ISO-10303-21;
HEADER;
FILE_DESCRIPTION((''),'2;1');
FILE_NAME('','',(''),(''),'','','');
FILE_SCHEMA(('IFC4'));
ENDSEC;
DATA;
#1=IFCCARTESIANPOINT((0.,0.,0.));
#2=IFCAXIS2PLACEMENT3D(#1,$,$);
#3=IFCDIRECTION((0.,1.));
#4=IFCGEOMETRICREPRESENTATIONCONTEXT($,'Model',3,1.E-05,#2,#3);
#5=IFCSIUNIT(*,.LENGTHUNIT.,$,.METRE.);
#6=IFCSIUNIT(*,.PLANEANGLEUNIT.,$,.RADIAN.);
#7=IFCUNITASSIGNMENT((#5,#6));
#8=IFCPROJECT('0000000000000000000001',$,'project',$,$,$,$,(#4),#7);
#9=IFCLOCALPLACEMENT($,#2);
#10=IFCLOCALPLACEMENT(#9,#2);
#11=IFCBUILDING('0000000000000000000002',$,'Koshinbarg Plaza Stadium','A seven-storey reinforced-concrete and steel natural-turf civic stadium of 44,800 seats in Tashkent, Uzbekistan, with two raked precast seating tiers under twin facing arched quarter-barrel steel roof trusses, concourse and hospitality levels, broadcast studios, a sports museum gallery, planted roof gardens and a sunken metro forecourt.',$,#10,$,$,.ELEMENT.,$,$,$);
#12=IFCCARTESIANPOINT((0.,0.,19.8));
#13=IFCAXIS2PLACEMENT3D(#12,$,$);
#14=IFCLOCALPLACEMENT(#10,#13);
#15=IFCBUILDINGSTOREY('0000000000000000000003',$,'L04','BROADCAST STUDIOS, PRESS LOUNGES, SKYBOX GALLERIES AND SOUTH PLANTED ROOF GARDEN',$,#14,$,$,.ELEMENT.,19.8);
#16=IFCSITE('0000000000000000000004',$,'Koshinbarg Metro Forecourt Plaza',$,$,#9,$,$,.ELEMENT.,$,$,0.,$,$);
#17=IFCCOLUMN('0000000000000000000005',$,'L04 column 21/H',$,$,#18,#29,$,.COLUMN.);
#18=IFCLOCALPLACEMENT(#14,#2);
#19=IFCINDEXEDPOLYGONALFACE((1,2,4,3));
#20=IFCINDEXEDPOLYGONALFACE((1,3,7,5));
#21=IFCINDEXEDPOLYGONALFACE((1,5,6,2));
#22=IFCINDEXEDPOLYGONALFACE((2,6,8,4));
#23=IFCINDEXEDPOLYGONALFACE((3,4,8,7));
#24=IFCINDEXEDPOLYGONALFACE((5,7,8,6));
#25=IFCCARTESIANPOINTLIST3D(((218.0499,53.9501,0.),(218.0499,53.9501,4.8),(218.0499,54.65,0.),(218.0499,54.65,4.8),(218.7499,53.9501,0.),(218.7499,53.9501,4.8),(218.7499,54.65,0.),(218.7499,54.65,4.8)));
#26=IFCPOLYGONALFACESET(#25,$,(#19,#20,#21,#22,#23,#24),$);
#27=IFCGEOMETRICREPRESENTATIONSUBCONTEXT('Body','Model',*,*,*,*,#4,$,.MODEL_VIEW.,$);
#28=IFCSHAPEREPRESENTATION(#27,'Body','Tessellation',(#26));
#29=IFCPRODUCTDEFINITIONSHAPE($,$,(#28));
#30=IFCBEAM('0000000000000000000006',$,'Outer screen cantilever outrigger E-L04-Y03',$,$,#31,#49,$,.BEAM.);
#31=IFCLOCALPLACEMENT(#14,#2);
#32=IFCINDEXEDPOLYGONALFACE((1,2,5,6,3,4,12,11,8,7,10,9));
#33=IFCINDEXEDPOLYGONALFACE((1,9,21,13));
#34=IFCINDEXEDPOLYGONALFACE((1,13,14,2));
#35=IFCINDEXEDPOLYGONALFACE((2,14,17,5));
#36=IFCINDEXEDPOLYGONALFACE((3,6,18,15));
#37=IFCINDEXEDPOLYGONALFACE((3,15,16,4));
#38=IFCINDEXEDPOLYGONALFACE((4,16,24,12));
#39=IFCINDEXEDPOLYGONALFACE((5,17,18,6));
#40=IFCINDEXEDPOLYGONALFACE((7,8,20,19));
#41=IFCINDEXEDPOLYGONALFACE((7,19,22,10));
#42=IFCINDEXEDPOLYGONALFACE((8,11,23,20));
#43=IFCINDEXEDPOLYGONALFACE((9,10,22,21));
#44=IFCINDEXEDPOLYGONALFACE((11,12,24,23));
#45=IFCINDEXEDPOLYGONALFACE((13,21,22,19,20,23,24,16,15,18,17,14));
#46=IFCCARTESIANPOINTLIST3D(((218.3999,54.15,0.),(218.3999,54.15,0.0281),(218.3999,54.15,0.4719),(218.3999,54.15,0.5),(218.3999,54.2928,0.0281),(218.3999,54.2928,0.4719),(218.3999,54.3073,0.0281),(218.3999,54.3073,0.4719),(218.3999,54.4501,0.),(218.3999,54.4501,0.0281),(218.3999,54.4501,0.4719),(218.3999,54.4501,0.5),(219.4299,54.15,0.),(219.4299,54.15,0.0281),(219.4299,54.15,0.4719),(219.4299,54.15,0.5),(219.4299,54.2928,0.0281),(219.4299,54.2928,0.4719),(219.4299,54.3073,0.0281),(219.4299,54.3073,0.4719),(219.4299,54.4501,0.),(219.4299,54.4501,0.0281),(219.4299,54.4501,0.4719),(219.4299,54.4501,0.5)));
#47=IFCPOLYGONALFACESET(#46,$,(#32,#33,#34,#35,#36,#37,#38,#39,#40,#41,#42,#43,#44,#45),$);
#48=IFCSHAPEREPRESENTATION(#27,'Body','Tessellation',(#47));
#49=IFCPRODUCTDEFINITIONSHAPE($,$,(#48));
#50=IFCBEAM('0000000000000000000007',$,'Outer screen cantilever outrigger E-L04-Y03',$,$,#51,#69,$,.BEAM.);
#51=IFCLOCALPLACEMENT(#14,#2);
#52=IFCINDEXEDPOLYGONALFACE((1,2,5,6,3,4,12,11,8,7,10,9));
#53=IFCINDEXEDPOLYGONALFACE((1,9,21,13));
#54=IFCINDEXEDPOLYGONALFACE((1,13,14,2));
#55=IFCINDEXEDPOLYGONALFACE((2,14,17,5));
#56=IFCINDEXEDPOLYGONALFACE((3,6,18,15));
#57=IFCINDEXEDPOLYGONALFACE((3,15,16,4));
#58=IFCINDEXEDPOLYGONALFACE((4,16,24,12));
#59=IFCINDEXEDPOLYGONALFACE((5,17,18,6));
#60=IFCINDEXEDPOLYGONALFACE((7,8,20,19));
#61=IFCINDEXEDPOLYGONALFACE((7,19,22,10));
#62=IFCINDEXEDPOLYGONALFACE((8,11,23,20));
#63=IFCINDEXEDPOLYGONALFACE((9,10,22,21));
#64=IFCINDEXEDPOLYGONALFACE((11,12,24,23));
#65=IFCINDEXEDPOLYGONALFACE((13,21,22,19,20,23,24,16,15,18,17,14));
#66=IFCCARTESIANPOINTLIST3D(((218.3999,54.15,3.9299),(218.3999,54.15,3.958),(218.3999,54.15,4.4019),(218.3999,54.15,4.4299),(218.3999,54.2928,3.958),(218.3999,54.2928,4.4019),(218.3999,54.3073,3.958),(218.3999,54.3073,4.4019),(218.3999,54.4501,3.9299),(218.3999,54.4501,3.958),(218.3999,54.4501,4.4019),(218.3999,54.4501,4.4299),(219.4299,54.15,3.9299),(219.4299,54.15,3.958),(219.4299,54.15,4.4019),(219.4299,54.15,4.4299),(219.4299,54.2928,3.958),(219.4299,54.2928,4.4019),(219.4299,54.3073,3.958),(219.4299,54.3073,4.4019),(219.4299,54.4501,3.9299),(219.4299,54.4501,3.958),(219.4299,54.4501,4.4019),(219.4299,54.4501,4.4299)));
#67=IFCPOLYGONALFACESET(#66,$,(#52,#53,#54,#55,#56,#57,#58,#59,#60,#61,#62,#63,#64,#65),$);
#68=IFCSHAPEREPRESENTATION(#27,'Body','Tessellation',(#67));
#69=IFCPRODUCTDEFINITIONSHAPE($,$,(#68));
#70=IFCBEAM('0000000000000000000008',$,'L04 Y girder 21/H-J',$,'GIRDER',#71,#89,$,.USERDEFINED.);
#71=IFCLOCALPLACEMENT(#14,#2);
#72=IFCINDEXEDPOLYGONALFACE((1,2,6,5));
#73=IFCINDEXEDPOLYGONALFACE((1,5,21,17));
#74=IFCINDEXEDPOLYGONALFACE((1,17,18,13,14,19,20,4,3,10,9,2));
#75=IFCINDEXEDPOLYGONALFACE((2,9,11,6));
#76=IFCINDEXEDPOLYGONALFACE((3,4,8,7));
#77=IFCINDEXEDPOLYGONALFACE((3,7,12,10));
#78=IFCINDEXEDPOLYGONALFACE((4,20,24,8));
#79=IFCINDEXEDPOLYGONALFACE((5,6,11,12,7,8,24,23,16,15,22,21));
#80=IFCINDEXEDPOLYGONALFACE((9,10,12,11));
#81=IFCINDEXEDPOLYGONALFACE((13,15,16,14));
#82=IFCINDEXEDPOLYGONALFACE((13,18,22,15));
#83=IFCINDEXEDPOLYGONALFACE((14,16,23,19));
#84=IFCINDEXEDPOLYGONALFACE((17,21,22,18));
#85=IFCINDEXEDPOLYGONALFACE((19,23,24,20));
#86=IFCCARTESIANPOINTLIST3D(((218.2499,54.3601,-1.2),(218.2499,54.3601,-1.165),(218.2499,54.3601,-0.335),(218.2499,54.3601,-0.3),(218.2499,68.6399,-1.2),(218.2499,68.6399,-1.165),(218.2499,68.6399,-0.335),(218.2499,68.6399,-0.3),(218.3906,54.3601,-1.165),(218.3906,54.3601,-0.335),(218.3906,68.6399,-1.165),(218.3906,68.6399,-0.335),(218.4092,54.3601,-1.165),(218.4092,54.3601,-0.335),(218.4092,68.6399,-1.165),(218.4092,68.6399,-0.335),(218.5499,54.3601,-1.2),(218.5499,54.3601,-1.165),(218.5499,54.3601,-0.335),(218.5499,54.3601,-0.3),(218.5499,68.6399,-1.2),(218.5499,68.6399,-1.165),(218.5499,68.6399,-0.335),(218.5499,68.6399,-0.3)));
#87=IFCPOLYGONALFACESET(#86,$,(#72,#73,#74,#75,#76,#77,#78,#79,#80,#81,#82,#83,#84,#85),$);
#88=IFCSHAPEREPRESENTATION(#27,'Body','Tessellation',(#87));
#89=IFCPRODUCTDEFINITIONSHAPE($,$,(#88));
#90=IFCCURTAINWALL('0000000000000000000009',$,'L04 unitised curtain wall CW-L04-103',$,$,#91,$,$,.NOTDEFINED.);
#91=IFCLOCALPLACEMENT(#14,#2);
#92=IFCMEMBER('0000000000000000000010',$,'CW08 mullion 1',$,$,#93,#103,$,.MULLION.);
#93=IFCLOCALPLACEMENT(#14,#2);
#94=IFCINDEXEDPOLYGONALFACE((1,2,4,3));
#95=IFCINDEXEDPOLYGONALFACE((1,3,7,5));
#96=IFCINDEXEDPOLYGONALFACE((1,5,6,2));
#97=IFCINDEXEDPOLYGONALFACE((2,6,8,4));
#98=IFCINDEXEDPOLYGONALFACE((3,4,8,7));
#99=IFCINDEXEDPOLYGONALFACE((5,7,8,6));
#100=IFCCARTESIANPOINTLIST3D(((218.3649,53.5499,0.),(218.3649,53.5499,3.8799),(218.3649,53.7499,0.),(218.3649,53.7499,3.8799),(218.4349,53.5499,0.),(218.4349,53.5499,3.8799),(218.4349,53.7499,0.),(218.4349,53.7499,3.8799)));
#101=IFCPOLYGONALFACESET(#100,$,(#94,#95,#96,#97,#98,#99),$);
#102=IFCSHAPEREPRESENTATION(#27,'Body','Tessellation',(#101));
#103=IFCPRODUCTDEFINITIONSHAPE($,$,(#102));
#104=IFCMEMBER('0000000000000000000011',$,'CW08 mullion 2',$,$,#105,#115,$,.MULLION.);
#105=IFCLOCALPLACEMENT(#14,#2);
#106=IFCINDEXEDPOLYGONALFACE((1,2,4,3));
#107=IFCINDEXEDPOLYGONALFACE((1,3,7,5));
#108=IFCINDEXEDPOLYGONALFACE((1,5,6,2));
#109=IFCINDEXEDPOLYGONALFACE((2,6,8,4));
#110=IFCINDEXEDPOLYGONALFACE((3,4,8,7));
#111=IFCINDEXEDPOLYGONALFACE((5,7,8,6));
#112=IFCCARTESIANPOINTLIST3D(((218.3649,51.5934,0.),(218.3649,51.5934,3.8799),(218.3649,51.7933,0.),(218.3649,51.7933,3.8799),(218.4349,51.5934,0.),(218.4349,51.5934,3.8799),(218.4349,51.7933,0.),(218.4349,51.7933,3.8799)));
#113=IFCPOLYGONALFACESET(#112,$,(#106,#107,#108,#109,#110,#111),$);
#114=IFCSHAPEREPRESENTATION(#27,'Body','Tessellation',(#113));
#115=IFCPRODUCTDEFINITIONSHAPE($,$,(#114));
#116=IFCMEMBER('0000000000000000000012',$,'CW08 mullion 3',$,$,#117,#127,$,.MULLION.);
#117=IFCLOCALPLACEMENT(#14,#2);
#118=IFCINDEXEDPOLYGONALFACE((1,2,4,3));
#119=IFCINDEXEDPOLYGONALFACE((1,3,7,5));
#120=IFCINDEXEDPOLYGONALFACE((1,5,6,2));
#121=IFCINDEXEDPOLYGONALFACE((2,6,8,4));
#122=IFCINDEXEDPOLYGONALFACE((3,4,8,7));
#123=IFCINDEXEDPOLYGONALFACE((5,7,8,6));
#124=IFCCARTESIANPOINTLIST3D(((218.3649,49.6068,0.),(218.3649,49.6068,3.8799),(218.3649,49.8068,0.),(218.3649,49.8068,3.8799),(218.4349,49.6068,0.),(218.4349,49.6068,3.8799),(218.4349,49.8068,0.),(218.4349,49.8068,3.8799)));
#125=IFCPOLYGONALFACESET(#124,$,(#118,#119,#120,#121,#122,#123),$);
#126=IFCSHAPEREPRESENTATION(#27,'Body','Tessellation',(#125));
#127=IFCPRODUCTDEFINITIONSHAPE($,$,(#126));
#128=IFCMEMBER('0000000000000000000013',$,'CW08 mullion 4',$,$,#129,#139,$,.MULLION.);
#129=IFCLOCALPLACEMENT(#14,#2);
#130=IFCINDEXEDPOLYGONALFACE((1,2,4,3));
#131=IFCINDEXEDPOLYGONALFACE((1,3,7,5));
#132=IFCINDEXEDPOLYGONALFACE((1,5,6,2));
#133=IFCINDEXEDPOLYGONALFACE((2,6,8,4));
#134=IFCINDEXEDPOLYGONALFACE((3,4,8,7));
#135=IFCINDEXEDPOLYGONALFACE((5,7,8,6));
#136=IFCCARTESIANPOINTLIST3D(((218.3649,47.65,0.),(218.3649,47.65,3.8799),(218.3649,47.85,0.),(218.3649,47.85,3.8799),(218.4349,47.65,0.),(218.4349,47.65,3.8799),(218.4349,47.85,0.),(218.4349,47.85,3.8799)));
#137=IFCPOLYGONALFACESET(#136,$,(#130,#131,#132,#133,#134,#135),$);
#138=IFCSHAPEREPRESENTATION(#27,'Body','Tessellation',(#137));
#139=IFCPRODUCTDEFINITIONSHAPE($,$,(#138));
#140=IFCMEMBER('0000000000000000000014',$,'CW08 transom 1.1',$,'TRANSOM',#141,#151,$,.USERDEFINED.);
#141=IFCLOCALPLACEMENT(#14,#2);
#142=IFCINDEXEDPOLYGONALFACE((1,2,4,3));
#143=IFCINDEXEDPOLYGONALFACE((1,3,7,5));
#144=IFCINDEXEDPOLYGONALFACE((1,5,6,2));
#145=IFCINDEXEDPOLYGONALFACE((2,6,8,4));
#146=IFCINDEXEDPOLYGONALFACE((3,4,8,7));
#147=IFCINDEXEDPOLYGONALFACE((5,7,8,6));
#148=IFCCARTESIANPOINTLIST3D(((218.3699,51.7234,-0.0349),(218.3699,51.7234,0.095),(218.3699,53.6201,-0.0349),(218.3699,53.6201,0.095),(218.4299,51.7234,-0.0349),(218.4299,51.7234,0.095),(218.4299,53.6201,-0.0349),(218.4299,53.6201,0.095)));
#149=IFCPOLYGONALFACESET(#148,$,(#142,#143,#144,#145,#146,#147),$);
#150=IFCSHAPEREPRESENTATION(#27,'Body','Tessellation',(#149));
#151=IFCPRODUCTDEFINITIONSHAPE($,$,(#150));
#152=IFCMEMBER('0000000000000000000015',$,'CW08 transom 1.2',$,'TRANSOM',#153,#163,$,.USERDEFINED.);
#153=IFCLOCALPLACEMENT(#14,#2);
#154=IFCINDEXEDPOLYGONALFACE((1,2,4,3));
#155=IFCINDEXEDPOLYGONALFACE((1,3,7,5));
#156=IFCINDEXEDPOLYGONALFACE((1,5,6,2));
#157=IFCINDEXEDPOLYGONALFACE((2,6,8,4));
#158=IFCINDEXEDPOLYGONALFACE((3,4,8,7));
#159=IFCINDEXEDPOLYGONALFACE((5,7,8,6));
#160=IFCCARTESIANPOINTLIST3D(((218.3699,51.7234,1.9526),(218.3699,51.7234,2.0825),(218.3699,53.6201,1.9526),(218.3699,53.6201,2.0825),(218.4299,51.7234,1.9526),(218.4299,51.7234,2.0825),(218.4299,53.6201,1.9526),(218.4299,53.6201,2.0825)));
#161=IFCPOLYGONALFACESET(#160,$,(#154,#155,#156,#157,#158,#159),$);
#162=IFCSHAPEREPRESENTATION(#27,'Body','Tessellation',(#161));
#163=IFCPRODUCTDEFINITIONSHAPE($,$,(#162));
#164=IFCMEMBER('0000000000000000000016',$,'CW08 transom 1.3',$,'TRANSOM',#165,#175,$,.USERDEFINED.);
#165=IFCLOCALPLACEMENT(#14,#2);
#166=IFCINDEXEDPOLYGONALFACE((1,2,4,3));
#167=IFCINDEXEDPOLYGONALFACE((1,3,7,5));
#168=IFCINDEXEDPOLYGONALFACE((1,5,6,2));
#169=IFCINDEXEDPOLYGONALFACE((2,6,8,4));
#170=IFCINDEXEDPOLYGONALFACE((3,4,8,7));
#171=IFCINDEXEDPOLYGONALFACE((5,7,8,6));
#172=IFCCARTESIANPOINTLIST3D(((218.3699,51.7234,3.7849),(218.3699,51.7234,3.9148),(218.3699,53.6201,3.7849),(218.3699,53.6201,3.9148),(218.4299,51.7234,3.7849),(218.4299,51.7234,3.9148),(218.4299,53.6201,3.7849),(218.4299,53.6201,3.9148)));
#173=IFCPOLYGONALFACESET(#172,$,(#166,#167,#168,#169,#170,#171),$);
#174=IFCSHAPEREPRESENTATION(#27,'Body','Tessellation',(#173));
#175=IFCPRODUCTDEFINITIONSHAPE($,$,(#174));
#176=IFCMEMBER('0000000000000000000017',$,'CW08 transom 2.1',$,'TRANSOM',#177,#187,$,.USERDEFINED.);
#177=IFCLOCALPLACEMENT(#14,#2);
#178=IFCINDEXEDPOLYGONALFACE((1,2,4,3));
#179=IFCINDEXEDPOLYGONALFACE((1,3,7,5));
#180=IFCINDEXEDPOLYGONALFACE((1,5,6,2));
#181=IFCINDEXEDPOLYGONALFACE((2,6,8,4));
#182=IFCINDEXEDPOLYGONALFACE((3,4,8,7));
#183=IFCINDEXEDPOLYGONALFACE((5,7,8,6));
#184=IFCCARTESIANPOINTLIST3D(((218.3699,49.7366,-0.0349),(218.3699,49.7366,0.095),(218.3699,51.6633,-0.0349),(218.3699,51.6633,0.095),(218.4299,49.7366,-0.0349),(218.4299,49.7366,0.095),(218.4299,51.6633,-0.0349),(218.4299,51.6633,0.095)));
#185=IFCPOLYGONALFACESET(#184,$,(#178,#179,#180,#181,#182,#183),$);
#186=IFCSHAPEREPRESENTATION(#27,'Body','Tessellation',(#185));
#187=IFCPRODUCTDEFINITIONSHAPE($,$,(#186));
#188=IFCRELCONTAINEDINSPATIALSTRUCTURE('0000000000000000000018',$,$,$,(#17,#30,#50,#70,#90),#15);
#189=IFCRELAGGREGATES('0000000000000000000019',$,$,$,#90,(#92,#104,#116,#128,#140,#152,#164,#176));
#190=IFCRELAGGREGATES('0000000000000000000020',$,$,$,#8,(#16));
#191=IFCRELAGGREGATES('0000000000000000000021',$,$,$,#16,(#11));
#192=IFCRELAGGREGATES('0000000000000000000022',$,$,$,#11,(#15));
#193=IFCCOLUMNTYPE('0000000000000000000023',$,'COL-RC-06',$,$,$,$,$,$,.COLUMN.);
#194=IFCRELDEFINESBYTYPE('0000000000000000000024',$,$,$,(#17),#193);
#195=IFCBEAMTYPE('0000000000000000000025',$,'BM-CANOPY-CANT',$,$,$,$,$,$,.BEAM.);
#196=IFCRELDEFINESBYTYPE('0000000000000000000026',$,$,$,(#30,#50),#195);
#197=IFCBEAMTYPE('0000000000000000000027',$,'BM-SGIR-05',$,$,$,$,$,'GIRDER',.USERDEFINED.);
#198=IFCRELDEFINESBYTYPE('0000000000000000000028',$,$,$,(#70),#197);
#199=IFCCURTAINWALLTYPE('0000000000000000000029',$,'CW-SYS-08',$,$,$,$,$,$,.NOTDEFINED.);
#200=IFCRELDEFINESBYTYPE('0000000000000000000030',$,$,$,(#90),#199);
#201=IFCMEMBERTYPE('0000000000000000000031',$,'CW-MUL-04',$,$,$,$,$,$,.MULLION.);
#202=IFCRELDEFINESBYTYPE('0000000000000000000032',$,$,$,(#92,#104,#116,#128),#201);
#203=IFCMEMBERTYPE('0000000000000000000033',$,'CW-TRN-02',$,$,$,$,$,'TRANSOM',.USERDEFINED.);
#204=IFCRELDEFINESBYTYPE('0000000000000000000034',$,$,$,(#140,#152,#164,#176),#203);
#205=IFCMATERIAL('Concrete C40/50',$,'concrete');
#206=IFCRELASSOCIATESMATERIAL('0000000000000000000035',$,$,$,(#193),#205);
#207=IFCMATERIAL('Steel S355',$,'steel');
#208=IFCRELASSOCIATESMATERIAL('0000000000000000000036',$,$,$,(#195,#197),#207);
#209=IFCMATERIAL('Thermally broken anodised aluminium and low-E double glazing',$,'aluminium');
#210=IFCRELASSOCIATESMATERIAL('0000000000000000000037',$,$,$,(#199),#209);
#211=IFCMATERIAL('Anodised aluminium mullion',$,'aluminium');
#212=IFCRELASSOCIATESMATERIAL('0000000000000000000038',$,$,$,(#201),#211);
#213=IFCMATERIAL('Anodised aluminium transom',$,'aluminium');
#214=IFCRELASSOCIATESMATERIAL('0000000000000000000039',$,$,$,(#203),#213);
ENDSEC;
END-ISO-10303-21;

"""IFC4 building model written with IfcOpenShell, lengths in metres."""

from ifc_helpers import new_model, si_unit, direction, frame, origin, origin_2d, place, context, subcontext, project, spatial, rectangle, i_section, extrude, material, material_profile, profile_set, type_object, element, aggregate, save


model = new_model("IFC4")

# Units and contexts
model_context = context("Model", 3, precision=1e-05, world=origin(), true_north=direction((0.0, 1.0)))
body_context = subcontext(model_context, "Body", "Model", "MODEL_VIEW")
ifc_project = project(units=[si_unit("LENGTHUNIT", "METRE"), si_unit("PLANEANGLEUNIT", "RADIAN")], contexts=[model_context])

# Site, building, storey
site_placement = place(None, origin())
site = spatial("IfcSite", under=ifc_project, at=site_placement, Name="Koshinbarg Metro Forecourt Plaza", CompositionType="ELEMENT", RefElevation=0.0)
building_placement = place(site_placement, origin())
building = spatial("IfcBuilding", under=site, at=building_placement, Name="Koshinbarg Plaza Stadium", Description="A seven-storey reinforced-concrete and steel natural-turf civic stadium of 44,800 seats in Tashkent, Uzbekistan, with two raked precast seating tiers under twin facing arched quarter-barrel steel roof trusses, concourse and hospitality levels, broadcast studios, a sports museum gallery, planted roof gardens and a sunken metro forecourt.", CompositionType="ELEMENT")
storey_placement = place(building_placement, frame((0.0, 0.0, 19.8)))
storey = spatial("IfcBuildingStorey", under=building, at=storey_placement, Name="L04", Description="BROADCAST STUDIOS, PRESS LOUNGES, SKYBOX GALLERIES AND SOUTH PLANTED ROOF GARDEN", CompositionType="ELEMENT", Elevation=19.8)

# Column
ifc_material_1 = material(Name="Concrete C40/50", Category="concrete")
ifc_material_profile_1 = material_profile(ifc_material_1, rectangle(XDim=0.7, YDim=0.7, at=origin_2d()), Name="RC 700x700")
ifc_profile_set_1 = profile_set([ifc_material_profile_1], Name="Concrete C40/50")
column_type = type_object("IfcColumnType", Name="COL-RC-06", PredefinedType="COLUMN", material=ifc_profile_set_1)
column_placement = place(storey_placement, frame((218.3999, 54.3, 0.0), z_axis=(0.0, 0.0, 1.0), x_axis=(1.0, 0.0, 0.0)))
element("IfcColumn", 1, at=column_placement, inside=storey, type_object=column_type, Name="L04 column 21/H", PredefinedType="COLUMN", context=body_context, shape_type="SweptSolid", body=[
    extrude(rectangle(XDim=0.7, YDim=0.7, at=origin_2d()), origin(), (0.0, 0.0, 1.0), 4.8),
])

# Beams
ifc_material_2 = material(Name="Steel S355", Category="steel")
ifc_material_profile_2 = material_profile(ifc_material_2, i_section(OverallWidth=0.3, OverallDepth=0.5, WebThickness=0.0144, FlangeThickness=0.0281, at=origin_2d()), Name="HEB 500")
ifc_profile_set_2 = profile_set([ifc_material_profile_2], Name="Steel S355")
beam_type_1 = type_object("IfcBeamType", Name="BM-CANOPY-CANT", PredefinedType="BEAM", material=ifc_profile_set_2)
for number, where, z_axis, x_axis, name in (
    (2, (218.3999, 54.3, 0.25), (1.0, 0.0, 0.0), (0.0, 1.0, 0.0), "Outer screen cantilever outrigger E-L04-Y03"),
    (3, (218.3999, 54.3, 4.1799), (1.0, 0.0, 0.0), (0.0, 1.0, 0.0), "Outer screen cantilever outrigger E-L04-Y03"),
):
    element("IfcBeam", number, at=place(storey_placement, frame(where, z_axis=z_axis, x_axis=x_axis)), inside=storey, type_object=beam_type_1, Name=name, PredefinedType="BEAM", context=body_context, shape_type="SweptSolid", body=[
        extrude(i_section(OverallWidth=0.3, OverallDepth=0.5, WebThickness=0.0144, FlangeThickness=0.0281, at=origin_2d()), origin(), (0.0, 0.0, 1.0), 1.03),
    ])
ifc_material_profile_3 = material_profile(ifc_material_2, i_section(OverallWidth=0.3, OverallDepth=0.8999, WebThickness=0.0186, FlangeThickness=0.0349, at=origin_2d()), Name="HEB 900")
ifc_profile_set_3 = profile_set([ifc_material_profile_3], Name="Steel S355")
beam_type_2 = type_object("IfcBeamType", Name="BM-SGIR-05", ElementType="GIRDER", PredefinedType="USERDEFINED", material=ifc_profile_set_3)
beam_placement = place(storey_placement, frame((218.3999, 54.3601, -0.75), z_axis=(0.0, 1.0, 0.0), x_axis=(-1.0, 0.0, 0.0)))
element("IfcBeam", 4, at=beam_placement, inside=storey, type_object=beam_type_2, Name="L04 Y girder 21/H-J", ObjectType="GIRDER", PredefinedType="USERDEFINED", context=body_context, shape_type="SweptSolid", body=[
    extrude(i_section(OverallWidth=0.3, OverallDepth=0.8999, WebThickness=0.0186, FlangeThickness=0.0349, at=origin_2d()), origin(), (0.0, 0.0, 1.0), 14.2798),
])

# Curtain wall, members
ifc_material_3 = material(Name="Thermally broken anodised aluminium and low-E double glazing", Category="aluminium")
curtain_wall_type = type_object("IfcCurtainWallType", Name="CW-SYS-08", PredefinedType="NOTDEFINED", material=ifc_material_3)
curtain_wall_placement = place(storey_placement, origin())
curtain_wall = element("IfcCurtainWall", 5, at=curtain_wall_placement, inside=storey, type_object=curtain_wall_type, Name="L04 unitised curtain wall CW-L04-103", PredefinedType="NOTDEFINED")
ifc_material_4 = material(Name="Anodised aluminium mullion", Category="aluminium")
ifc_material_profile_4 = material_profile(ifc_material_4, rectangle(XDim=0.0701, YDim=0.2, at=origin_2d()), Name="ALU 70x200")
ifc_profile_set_4 = profile_set([ifc_material_profile_4], Name="Anodised aluminium mullion")
member_type_1 = type_object("IfcMemberType", Name="CW-MUL-04", PredefinedType="MULLION", material=ifc_profile_set_4)
member_1_placement = place(storey_placement, frame((218.3999, 53.6499, 0.0), z_axis=(0.0, 0.0, 1.0), x_axis=(1.0, 0.0, 0.0)))
member_1 = element("IfcMember", 6, at=member_1_placement, type_object=member_type_1, Name="CW08 mullion 1", PredefinedType="MULLION", context=body_context, shape_type="SweptSolid", body=[
    extrude(rectangle(XDim=0.0701, YDim=0.2, at=origin_2d()), origin(), (0.0, 0.0, 1.0), 3.8799),
])
member_2_placement = place(storey_placement, frame((218.3999, 51.6934, 0.0), z_axis=(0.0, 0.0, 1.0), x_axis=(1.0, 0.0, 0.0)))
member_2 = element("IfcMember", 7, at=member_2_placement, type_object=member_type_1, Name="CW08 mullion 2", PredefinedType="MULLION", context=body_context, shape_type="SweptSolid", body=[
    extrude(rectangle(XDim=0.0701, YDim=0.2, at=origin_2d()), origin(), (0.0, 0.0, 1.0), 3.8799),
])
member_3_placement = place(storey_placement, frame((218.3999, 49.7068, 0.0), z_axis=(0.0, 0.0, 1.0), x_axis=(1.0, 0.0, 0.0)))
member_3 = element("IfcMember", 8, at=member_3_placement, type_object=member_type_1, Name="CW08 mullion 3", PredefinedType="MULLION", context=body_context, shape_type="SweptSolid", body=[
    extrude(rectangle(XDim=0.0701, YDim=0.2, at=origin_2d()), origin(), (0.0, 0.0, 1.0), 3.8799),
])
member_4_placement = place(storey_placement, frame((218.3999, 47.75, 0.0), z_axis=(0.0, 0.0, 1.0), x_axis=(1.0, 0.0, 0.0)))
member_4 = element("IfcMember", 9, at=member_4_placement, type_object=member_type_1, Name="CW08 mullion 4", PredefinedType="MULLION", context=body_context, shape_type="SweptSolid", body=[
    extrude(rectangle(XDim=0.0701, YDim=0.2, at=origin_2d()), origin(), (0.0, 0.0, 1.0), 3.8799),
])
ifc_material_5 = material(Name="Anodised aluminium transom", Category="aluminium")
ifc_material_profile_5 = material_profile(ifc_material_5, rectangle(XDim=0.0601, YDim=0.1299, at=origin_2d()), Name="ALU 60x130")
ifc_profile_set_5 = profile_set([ifc_material_profile_5], Name="Anodised aluminium transom")
member_type_2 = type_object("IfcMemberType", Name="CW-TRN-02", ElementType="TRANSOM", PredefinedType="USERDEFINED", material=ifc_profile_set_5)
member_5_placement = place(storey_placement, frame((218.3999, 53.6201, 0.03), z_axis=(0.0, -1.0, 0.0), x_axis=(1.0, 0.0, 0.0)))
member_5 = element("IfcMember", 10, at=member_5_placement, type_object=member_type_2, Name="CW08 transom 1.1", ObjectType="TRANSOM", PredefinedType="USERDEFINED", context=body_context, shape_type="SweptSolid", body=[
    extrude(rectangle(XDim=0.0601, YDim=0.1299, at=origin_2d()), origin(), (0.0, 0.0, 1.0), 1.8967),
])
member_6_placement = place(storey_placement, frame((218.3999, 53.6201, 2.0176), z_axis=(0.0, -1.0, 0.0), x_axis=(1.0, 0.0, 0.0)))
member_6 = element("IfcMember", 11, at=member_6_placement, type_object=member_type_2, Name="CW08 transom 1.2", ObjectType="TRANSOM", PredefinedType="USERDEFINED", context=body_context, shape_type="SweptSolid", body=[
    extrude(rectangle(XDim=0.0601, YDim=0.1299, at=origin_2d()), origin(), (0.0, 0.0, 1.0), 1.8967),
])
member_7_placement = place(storey_placement, frame((218.3999, 53.6201, 3.8499), z_axis=(0.0, -1.0, 0.0), x_axis=(1.0, 0.0, 0.0)))
member_7 = element("IfcMember", 12, at=member_7_placement, type_object=member_type_2, Name="CW08 transom 1.3", ObjectType="TRANSOM", PredefinedType="USERDEFINED", context=body_context, shape_type="SweptSolid", body=[
    extrude(rectangle(XDim=0.0601, YDim=0.1299, at=origin_2d()), origin(), (0.0, 0.0, 1.0), 1.8967),
])
member_8_placement = place(storey_placement, frame((218.3999, 51.6633, 0.03), z_axis=(0.0, -1.0, 0.0), x_axis=(1.0, 0.0, 0.0)))
member_8 = element("IfcMember", 13, at=member_8_placement, type_object=member_type_2, Name="CW08 transom 2.1", ObjectType="TRANSOM", PredefinedType="USERDEFINED", context=body_context, shape_type="SweptSolid", body=[
    extrude(rectangle(XDim=0.0601, YDim=0.1299, at=origin_2d()), origin(), (0.0, 0.0, 1.0), 1.9268),
])

aggregate(curtain_wall, [member_1, member_2, member_3, member_4, member_5, member_6, member_7, member_8])

save(model, "model.ifc")
